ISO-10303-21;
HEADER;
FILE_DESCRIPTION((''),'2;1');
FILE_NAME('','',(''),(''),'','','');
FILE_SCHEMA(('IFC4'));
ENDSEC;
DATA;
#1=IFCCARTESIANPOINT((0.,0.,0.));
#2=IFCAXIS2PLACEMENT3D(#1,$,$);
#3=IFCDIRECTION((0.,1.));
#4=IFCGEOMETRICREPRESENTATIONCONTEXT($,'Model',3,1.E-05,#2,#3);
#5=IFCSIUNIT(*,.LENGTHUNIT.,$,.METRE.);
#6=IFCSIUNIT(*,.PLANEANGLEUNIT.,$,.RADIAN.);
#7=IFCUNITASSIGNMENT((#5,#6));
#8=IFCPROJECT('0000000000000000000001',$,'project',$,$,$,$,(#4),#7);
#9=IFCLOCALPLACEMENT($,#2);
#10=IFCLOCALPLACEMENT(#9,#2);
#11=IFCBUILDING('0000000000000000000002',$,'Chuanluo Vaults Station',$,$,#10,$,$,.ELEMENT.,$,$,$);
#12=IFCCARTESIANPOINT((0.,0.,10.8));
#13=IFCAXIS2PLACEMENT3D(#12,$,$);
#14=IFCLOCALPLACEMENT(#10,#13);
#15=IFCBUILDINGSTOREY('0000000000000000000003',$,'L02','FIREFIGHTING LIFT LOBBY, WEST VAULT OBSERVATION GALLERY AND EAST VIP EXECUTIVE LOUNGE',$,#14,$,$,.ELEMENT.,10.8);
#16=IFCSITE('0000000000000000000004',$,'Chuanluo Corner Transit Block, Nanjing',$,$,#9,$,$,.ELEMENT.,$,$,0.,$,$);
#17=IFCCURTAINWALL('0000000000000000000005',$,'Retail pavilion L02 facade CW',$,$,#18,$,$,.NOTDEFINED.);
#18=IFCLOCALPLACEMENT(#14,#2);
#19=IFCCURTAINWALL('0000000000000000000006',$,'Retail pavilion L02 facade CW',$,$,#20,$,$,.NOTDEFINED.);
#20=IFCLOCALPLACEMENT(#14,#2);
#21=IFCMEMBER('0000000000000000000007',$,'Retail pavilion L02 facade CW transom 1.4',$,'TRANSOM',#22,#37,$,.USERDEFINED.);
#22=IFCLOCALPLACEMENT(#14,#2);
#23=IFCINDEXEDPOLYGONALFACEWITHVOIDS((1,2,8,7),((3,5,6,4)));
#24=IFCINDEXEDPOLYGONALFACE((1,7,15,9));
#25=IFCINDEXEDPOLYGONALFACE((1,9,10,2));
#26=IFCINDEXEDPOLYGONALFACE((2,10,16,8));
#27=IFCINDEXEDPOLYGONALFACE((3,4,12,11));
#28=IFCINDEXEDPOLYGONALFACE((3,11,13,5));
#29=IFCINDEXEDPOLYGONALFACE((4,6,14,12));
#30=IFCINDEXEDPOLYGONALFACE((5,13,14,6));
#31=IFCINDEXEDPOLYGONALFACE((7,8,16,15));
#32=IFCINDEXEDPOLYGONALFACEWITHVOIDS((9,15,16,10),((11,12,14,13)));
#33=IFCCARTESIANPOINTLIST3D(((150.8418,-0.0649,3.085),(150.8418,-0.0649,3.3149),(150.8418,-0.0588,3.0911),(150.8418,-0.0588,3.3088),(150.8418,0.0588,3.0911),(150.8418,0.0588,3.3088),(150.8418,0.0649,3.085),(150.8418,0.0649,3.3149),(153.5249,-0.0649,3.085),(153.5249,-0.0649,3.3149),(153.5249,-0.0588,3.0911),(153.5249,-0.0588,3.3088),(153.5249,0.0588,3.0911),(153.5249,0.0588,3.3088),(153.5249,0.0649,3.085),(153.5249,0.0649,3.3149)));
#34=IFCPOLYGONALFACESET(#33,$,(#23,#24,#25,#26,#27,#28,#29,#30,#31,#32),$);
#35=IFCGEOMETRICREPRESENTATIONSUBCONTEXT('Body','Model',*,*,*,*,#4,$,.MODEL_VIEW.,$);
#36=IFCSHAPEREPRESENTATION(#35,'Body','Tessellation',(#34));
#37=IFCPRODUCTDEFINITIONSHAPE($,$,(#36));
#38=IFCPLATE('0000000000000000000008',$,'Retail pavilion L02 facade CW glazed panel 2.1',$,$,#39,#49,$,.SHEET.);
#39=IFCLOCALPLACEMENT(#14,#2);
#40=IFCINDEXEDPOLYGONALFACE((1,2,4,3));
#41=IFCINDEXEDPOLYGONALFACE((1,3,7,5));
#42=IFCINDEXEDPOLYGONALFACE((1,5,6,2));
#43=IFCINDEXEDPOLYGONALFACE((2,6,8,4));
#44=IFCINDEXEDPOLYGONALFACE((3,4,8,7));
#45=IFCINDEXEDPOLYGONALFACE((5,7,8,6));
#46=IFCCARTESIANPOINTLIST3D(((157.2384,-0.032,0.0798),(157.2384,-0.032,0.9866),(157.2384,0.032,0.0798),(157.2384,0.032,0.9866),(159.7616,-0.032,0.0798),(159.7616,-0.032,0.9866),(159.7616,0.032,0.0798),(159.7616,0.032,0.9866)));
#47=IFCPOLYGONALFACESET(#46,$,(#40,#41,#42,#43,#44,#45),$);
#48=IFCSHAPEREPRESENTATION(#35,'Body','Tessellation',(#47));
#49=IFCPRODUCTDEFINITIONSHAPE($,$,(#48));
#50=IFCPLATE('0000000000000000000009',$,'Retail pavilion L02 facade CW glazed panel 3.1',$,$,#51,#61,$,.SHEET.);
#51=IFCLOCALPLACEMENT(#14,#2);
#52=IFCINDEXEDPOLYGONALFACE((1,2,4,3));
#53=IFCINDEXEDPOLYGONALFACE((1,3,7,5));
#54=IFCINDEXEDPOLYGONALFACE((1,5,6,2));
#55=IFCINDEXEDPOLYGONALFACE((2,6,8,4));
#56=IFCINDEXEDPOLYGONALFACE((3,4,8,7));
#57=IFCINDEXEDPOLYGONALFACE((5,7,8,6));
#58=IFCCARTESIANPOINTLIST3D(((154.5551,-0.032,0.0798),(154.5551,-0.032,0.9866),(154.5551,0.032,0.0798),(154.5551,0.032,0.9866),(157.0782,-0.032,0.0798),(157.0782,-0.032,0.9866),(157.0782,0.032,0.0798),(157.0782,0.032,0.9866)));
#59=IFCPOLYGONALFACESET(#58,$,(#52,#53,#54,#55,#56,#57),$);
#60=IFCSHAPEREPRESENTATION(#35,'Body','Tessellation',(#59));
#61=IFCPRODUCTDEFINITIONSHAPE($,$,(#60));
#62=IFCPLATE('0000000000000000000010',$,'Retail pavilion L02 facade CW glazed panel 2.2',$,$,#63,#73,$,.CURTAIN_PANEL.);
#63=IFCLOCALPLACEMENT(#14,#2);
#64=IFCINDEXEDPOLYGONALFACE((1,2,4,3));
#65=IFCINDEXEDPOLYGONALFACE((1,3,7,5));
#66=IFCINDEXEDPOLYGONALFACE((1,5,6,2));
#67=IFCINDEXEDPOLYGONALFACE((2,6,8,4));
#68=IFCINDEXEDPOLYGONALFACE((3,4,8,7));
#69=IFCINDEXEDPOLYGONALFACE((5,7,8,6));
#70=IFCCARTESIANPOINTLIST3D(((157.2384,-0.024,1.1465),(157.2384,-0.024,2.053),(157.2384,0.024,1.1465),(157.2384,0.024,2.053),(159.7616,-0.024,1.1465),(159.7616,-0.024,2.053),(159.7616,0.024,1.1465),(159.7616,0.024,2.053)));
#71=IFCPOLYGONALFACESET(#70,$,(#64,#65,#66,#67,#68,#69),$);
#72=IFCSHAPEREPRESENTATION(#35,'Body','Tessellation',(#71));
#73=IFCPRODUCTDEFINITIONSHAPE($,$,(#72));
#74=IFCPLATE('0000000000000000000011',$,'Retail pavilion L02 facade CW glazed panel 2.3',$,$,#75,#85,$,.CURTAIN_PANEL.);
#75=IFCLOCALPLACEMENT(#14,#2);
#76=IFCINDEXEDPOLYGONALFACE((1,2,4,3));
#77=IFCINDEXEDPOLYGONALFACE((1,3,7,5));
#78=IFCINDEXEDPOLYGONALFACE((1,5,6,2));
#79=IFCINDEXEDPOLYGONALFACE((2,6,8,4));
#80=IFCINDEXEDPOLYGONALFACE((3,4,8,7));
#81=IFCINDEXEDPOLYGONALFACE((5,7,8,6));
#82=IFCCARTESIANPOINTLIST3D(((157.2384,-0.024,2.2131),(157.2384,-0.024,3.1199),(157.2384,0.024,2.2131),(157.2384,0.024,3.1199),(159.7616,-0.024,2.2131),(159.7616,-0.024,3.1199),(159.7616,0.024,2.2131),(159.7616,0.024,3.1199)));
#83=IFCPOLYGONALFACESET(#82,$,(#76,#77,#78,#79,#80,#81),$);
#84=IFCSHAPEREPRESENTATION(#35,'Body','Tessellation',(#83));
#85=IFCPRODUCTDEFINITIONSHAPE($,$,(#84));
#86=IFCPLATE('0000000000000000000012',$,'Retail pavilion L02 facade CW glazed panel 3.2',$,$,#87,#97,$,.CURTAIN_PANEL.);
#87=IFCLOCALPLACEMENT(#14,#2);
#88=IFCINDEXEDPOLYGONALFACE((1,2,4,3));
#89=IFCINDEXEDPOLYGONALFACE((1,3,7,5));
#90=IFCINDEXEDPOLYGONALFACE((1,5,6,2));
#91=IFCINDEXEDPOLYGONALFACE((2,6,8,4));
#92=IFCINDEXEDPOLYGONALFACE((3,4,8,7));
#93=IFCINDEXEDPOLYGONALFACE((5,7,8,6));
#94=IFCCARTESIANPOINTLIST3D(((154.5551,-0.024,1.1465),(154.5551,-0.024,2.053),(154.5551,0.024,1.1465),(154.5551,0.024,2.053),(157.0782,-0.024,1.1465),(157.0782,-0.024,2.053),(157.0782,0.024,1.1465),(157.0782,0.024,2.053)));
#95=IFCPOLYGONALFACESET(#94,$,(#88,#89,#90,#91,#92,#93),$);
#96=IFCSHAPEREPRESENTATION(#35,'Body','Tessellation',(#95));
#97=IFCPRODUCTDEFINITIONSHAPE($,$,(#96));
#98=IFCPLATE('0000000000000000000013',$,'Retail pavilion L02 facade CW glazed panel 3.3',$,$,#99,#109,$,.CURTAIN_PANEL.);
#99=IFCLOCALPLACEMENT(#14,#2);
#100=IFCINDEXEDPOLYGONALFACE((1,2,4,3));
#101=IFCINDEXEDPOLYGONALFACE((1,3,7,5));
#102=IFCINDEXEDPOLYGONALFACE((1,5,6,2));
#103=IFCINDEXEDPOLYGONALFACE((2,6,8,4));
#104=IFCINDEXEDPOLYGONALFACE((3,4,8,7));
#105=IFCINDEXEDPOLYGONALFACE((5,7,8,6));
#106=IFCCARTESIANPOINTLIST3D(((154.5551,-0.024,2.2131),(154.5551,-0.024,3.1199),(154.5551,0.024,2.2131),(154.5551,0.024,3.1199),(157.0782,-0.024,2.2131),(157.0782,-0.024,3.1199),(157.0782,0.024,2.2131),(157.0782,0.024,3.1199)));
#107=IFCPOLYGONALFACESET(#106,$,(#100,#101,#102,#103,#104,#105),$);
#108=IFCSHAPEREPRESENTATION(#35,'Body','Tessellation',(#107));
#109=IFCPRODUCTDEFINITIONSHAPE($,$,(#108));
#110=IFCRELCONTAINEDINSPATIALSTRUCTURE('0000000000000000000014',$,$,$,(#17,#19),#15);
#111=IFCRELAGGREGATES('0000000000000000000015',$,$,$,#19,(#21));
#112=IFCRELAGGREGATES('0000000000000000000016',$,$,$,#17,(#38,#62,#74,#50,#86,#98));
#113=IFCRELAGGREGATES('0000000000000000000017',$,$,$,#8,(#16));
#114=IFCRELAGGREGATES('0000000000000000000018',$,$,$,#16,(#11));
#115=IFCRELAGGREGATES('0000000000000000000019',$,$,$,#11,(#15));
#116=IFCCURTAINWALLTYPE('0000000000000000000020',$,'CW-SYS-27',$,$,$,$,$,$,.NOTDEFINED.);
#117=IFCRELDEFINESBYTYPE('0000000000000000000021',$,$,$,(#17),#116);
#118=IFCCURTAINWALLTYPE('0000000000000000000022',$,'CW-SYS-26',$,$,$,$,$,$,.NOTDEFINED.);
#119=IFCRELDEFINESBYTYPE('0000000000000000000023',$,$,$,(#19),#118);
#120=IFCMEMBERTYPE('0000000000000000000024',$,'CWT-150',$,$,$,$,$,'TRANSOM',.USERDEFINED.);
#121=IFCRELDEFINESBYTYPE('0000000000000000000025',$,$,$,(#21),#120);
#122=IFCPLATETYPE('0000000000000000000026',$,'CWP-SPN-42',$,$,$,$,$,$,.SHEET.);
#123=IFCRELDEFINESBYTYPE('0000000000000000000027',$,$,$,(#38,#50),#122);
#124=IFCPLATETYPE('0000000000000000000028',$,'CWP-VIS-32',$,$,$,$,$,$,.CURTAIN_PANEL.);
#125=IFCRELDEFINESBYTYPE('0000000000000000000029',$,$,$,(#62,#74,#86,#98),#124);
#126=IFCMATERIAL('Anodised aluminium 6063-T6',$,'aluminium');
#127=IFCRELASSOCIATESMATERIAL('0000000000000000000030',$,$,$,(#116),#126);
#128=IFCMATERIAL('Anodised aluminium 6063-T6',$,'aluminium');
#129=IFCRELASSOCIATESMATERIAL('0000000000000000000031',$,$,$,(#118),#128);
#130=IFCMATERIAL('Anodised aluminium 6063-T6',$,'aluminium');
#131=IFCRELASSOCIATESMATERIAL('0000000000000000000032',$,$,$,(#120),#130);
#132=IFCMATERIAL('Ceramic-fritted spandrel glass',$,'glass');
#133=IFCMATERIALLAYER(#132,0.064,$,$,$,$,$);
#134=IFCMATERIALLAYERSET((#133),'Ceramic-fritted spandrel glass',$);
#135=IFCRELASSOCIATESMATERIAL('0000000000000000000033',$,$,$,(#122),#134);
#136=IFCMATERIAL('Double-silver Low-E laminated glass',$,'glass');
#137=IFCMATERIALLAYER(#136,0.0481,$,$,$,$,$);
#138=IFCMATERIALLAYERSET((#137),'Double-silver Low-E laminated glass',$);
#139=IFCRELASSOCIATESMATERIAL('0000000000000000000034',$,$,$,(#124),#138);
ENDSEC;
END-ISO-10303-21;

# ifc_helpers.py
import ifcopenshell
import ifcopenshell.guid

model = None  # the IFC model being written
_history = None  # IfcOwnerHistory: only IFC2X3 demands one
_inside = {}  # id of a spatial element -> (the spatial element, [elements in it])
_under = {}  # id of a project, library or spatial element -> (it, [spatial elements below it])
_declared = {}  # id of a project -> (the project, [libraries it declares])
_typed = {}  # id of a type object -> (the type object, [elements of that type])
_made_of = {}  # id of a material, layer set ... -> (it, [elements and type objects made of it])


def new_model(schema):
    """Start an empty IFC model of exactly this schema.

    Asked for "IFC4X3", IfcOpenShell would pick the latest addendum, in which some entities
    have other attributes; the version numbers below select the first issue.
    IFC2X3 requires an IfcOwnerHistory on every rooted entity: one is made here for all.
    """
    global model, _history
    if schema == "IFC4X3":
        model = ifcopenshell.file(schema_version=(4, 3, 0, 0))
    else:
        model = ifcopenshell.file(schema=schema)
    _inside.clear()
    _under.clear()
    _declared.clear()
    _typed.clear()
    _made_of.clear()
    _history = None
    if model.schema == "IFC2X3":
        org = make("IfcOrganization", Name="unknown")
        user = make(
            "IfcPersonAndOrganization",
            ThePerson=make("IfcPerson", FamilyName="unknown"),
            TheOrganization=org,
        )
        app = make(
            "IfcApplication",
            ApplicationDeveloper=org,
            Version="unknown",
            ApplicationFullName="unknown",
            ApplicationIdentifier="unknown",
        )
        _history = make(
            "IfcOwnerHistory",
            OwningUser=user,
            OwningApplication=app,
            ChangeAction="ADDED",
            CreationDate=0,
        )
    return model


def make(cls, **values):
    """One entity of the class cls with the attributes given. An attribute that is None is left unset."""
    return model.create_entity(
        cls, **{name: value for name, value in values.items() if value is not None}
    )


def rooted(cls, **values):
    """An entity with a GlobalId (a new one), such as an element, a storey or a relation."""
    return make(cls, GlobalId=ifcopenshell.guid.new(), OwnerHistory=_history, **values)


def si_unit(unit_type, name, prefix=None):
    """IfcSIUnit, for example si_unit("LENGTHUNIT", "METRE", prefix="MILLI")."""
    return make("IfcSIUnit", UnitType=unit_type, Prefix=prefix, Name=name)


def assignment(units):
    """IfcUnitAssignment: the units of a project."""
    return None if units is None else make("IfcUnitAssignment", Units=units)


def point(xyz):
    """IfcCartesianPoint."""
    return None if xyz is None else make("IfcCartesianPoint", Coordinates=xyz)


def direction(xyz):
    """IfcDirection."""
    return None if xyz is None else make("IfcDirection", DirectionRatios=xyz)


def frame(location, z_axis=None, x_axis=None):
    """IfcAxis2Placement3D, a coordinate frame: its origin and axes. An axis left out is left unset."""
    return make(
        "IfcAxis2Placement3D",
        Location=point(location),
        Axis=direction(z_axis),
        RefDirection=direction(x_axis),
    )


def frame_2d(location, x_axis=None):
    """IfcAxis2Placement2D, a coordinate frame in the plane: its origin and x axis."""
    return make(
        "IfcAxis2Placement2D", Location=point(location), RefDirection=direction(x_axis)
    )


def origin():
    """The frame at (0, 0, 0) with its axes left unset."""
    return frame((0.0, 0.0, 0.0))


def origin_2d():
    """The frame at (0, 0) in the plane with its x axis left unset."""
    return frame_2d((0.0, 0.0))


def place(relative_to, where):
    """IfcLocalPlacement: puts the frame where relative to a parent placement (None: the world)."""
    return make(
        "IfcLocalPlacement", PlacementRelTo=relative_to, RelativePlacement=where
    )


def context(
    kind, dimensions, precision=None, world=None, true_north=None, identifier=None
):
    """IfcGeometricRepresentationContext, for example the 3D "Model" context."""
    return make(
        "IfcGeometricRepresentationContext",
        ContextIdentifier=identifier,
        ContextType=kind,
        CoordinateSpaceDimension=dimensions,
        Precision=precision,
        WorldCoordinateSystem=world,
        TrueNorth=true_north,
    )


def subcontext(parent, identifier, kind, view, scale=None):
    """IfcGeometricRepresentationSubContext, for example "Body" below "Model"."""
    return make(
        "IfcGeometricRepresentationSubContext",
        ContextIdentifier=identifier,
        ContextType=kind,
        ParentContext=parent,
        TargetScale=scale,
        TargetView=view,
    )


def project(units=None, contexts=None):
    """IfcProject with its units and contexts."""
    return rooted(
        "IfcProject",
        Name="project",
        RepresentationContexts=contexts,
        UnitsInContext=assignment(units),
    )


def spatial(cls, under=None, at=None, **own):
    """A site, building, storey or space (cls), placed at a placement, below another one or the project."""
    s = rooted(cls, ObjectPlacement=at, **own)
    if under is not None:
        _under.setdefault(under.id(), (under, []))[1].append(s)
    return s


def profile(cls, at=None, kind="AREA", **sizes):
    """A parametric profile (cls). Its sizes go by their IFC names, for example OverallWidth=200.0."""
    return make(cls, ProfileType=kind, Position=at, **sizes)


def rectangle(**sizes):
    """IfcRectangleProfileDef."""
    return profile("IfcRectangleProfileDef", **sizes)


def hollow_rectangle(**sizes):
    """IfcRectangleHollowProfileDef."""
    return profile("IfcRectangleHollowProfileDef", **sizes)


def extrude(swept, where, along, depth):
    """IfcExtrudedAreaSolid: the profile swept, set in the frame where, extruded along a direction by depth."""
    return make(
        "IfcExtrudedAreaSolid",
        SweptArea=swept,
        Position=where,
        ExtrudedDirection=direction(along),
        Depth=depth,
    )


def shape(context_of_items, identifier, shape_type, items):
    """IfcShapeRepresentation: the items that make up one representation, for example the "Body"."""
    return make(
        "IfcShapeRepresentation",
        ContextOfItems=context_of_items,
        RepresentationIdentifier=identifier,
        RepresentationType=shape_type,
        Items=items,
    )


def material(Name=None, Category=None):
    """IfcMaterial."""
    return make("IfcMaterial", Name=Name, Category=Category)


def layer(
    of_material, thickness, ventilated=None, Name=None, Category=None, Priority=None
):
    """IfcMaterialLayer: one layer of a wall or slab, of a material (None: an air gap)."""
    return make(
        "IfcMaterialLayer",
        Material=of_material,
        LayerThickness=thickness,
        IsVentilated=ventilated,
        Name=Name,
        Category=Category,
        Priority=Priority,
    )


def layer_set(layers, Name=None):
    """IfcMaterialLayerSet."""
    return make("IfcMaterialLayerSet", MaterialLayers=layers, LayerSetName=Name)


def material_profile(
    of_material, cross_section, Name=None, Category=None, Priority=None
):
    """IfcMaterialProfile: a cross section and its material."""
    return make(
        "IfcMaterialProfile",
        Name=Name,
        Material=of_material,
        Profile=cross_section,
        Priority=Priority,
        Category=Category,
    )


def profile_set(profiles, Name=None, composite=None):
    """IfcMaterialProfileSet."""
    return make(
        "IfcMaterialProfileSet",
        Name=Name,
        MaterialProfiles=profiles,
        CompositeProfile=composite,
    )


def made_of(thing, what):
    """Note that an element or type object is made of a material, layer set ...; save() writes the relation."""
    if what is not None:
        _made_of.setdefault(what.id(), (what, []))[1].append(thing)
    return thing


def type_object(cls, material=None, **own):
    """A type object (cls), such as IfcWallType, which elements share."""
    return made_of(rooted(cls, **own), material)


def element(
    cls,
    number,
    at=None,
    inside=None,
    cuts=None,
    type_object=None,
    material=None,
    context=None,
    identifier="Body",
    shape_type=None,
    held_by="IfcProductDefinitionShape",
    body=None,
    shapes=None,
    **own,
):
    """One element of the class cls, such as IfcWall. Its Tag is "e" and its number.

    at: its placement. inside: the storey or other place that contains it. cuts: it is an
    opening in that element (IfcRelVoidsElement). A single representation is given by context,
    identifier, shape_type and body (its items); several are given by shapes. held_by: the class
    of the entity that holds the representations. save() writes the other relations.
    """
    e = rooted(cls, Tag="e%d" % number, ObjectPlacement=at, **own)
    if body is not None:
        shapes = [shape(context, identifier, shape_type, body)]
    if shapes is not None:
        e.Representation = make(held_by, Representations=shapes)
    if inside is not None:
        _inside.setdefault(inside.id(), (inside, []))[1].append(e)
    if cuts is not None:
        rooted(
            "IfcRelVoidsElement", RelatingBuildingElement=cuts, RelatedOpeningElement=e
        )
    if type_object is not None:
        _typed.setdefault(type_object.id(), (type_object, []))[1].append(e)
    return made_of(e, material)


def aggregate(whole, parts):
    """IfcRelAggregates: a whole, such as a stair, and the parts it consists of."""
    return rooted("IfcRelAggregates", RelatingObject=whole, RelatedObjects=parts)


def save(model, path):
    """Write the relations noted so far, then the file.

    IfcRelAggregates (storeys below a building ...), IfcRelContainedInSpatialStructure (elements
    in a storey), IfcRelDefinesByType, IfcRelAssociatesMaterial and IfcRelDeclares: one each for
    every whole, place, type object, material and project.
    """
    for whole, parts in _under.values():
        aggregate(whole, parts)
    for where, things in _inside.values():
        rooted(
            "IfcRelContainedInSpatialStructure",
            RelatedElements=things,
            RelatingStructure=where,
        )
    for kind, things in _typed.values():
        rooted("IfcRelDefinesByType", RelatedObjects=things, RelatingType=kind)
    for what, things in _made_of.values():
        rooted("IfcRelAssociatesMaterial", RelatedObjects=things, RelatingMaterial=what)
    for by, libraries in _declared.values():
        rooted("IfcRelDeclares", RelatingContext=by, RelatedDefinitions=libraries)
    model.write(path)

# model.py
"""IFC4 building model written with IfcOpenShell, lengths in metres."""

from ifc_helpers import new_model, si_unit, direction, frame, origin, origin_2d, place, context, subcontext, project, spatial, rectangle, hollow_rectangle, extrude, material, layer, layer_set, material_profile, profile_set, type_object, element, aggregate, save


model = new_model("IFC4")

# Units and contexts
model_context = context("Model", 3, precision=1e-05, world=origin(), true_north=direction((0.0, 1.0)))
body_context = subcontext(model_context, "Body", "Model", "MODEL_VIEW")
ifc_project = project(units=[si_unit("LENGTHUNIT", "METRE"), si_unit("PLANEANGLEUNIT", "RADIAN")], contexts=[model_context])

# Site, building, storey
site_placement = place(None, origin())
site = spatial("IfcSite", under=ifc_project, at=site_placement, Name="Chuanluo Corner Transit Block, Nanjing", CompositionType="ELEMENT", RefElevation=0.0)
building_placement = place(site_placement, origin())
building = spatial("IfcBuilding", under=site, at=building_placement, Name="Chuanluo Vaults Station", CompositionType="ELEMENT")
storey_placement = place(building_placement, frame((0.0, 0.0, 10.8)))
storey = spatial("IfcBuildingStorey", under=building, at=storey_placement, Name="L02", Description="FIREFIGHTING LIFT LOBBY, WEST VAULT OBSERVATION GALLERY AND EAST VIP EXECUTIVE LOUNGE", CompositionType="ELEMENT", Elevation=10.8)

# Curtain walls, member
ifc_material_1 = material(Name="Anodised aluminium 6063-T6", Category="aluminium")
curtain_wall_type_1 = type_object("IfcCurtainWallType", Name="CW-SYS-27", PredefinedType="NOTDEFINED", material=ifc_material_1)
curtain_wall_1_placement = place(storey_placement, origin())
curtain_wall_1 = element("IfcCurtainWall", 1, at=curtain_wall_1_placement, inside=storey, type_object=curtain_wall_type_1, Name="Retail pavilion L02 facade CW", PredefinedType="NOTDEFINED")
ifc_material_2 = material(Name="Anodised aluminium 6063-T6", Category="aluminium")
curtain_wall_type_2 = type_object("IfcCurtainWallType", Name="CW-SYS-26", PredefinedType="NOTDEFINED", material=ifc_material_2)
curtain_wall_2_placement = place(storey_placement, origin())
curtain_wall_2 = element("IfcCurtainWall", 2, at=curtain_wall_2_placement, inside=storey, type_object=curtain_wall_type_2, Name="Retail pavilion L02 facade CW", PredefinedType="NOTDEFINED")
ifc_material_3 = material(Name="Anodised aluminium 6063-T6", Category="aluminium")
ifc_material_profile_1 = material_profile(ifc_material_3, hollow_rectangle(XDim=0.1299, YDim=0.23, WallThickness=0.0061, at=origin_2d()))
ifc_profile_set_1 = profile_set([ifc_material_profile_1], Name="Anodised aluminium 6063-T6")
member_type_1 = type_object("IfcMemberType", Name="CWT-150", ElementType="TRANSOM", PredefinedType="USERDEFINED", material=ifc_profile_set_1)
member_1_placement = place(storey_placement, frame((153.5249, 0.0, 3.2), z_axis=(-1.0, 0.0, 0.0), x_axis=(0.0, -1.0, 0.0)))
member_1 = element("IfcMember", 3, at=member_1_placement, type_object=member_type_1, Name="Retail pavilion L02 facade CW transom 1.4", ObjectType="TRANSOM", PredefinedType="USERDEFINED", context=body_context, shape_type="SweptSolid", body=[
    extrude(hollow_rectangle(XDim=0.1299, YDim=0.23, WallThickness=0.0061, at=origin_2d()), origin(), (0.0, 0.0, 1.0), 2.6831),
])
aggregate(curtain_wall_2, [member_1])

# Plates
ifc_material_4 = material(Name="Ceramic-fritted spandrel glass", Category="glass")
ifc_layer_1 = layer(ifc_material_4, 0.064)
ifc_layer_set_1 = layer_set([ifc_layer_1], Name="Ceramic-fritted spandrel glass")
plate_type_1 = type_object("IfcPlateType", Name="CWP-SPN-42", PredefinedType="SHEET", material=ifc_layer_set_1)
plate_1_placement = place(storey_placement, frame((158.5, 0.0, 0.0798), z_axis=(0.0, 0.0, 1.0), x_axis=(-1.0, 0.0, 0.0)))
plate_1 = element("IfcPlate", 4, at=plate_1_placement, type_object=plate_type_1, Name="Retail pavilion L02 facade CW glazed panel 2.1", PredefinedType="SHEET", context=body_context, shape_type="SweptSolid", body=[
    extrude(rectangle(XDim=2.5232, YDim=0.064, at=origin_2d()), origin(), (0.0, 0.0, 1.0), 0.9067),
])
plate_2_placement = place(storey_placement, frame((155.8167, 0.0, 0.0798), z_axis=(0.0, 0.0, 1.0), x_axis=(-1.0, 0.0, 0.0)))
plate_2 = element("IfcPlate", 5, at=plate_2_placement, type_object=plate_type_1, Name="Retail pavilion L02 facade CW glazed panel 3.1", PredefinedType="SHEET", context=body_context, shape_type="SweptSolid", body=[
    extrude(rectangle(XDim=2.5232, YDim=0.064, at=origin_2d()), origin(), (0.0, 0.0, 1.0), 0.9067),
])
ifc_material_5 = material(Name="Double-silver Low-E laminated glass", Category="glass")
ifc_layer_2 = layer(ifc_material_5, 0.0481)
ifc_layer_set_2 = layer_set([ifc_layer_2], Name="Double-silver Low-E laminated glass")
plate_type_2 = type_object("IfcPlateType", Name="CWP-VIS-32", PredefinedType="CURTAIN_PANEL", material=ifc_layer_set_2)
plate_3_placement = place(storey_placement, frame((158.5, 0.0, 1.1465), z_axis=(0.0, 0.0, 1.0), x_axis=(-1.0, 0.0, 0.0)))
plate_3 = element("IfcPlate", 6, at=plate_3_placement, type_object=plate_type_2, Name="Retail pavilion L02 facade CW glazed panel 2.2", PredefinedType="CURTAIN_PANEL", context=body_context, shape_type="SweptSolid", body=[
    extrude(rectangle(XDim=2.5232, YDim=0.0481, at=origin_2d()), origin(), (0.0, 0.0, 1.0), 0.9065),
])
plate_4_placement = place(storey_placement, frame((158.5, 0.0, 2.2131), z_axis=(0.0, 0.0, 1.0), x_axis=(-1.0, 0.0, 0.0)))
plate_4 = element("IfcPlate", 7, at=plate_4_placement, type_object=plate_type_2, Name="Retail pavilion L02 facade CW glazed panel 2.3", PredefinedType="CURTAIN_PANEL", context=body_context, shape_type="SweptSolid", body=[
    extrude(rectangle(XDim=2.5232, YDim=0.0481, at=origin_2d()), origin(), (0.0, 0.0, 1.0), 0.9067),
])
plate_5_placement = place(storey_placement, frame((155.8167, 0.0, 1.1465), z_axis=(0.0, 0.0, 1.0), x_axis=(-1.0, 0.0, 0.0)))
plate_5 = element("IfcPlate", 8, at=plate_5_placement, type_object=plate_type_2, Name="Retail pavilion L02 facade CW glazed panel 3.2", PredefinedType="CURTAIN_PANEL", context=body_context, shape_type="SweptSolid", body=[
    extrude(rectangle(XDim=2.5232, YDim=0.0481, at=origin_2d()), origin(), (0.0, 0.0, 1.0), 0.9065),
])
plate_6_placement = place(storey_placement, frame((155.8167, 0.0, 2.2131), z_axis=(0.0, 0.0, 1.0), x_axis=(-1.0, 0.0, 0.0)))
plate_6 = element("IfcPlate", 9, at=plate_6_placement, type_object=plate_type_2, Name="Retail pavilion L02 facade CW glazed panel 3.3", PredefinedType="CURTAIN_PANEL", context=body_context, shape_type="SweptSolid", body=[
    extrude(rectangle(XDim=2.5232, YDim=0.0481, at=origin_2d()), origin(), (0.0, 0.0, 1.0), 0.9067),
])
aggregate(curtain_wall_1, [plate_1, plate_3, plate_4, plate_2, plate_5, plate_6])

save(model, "model.ifc")
